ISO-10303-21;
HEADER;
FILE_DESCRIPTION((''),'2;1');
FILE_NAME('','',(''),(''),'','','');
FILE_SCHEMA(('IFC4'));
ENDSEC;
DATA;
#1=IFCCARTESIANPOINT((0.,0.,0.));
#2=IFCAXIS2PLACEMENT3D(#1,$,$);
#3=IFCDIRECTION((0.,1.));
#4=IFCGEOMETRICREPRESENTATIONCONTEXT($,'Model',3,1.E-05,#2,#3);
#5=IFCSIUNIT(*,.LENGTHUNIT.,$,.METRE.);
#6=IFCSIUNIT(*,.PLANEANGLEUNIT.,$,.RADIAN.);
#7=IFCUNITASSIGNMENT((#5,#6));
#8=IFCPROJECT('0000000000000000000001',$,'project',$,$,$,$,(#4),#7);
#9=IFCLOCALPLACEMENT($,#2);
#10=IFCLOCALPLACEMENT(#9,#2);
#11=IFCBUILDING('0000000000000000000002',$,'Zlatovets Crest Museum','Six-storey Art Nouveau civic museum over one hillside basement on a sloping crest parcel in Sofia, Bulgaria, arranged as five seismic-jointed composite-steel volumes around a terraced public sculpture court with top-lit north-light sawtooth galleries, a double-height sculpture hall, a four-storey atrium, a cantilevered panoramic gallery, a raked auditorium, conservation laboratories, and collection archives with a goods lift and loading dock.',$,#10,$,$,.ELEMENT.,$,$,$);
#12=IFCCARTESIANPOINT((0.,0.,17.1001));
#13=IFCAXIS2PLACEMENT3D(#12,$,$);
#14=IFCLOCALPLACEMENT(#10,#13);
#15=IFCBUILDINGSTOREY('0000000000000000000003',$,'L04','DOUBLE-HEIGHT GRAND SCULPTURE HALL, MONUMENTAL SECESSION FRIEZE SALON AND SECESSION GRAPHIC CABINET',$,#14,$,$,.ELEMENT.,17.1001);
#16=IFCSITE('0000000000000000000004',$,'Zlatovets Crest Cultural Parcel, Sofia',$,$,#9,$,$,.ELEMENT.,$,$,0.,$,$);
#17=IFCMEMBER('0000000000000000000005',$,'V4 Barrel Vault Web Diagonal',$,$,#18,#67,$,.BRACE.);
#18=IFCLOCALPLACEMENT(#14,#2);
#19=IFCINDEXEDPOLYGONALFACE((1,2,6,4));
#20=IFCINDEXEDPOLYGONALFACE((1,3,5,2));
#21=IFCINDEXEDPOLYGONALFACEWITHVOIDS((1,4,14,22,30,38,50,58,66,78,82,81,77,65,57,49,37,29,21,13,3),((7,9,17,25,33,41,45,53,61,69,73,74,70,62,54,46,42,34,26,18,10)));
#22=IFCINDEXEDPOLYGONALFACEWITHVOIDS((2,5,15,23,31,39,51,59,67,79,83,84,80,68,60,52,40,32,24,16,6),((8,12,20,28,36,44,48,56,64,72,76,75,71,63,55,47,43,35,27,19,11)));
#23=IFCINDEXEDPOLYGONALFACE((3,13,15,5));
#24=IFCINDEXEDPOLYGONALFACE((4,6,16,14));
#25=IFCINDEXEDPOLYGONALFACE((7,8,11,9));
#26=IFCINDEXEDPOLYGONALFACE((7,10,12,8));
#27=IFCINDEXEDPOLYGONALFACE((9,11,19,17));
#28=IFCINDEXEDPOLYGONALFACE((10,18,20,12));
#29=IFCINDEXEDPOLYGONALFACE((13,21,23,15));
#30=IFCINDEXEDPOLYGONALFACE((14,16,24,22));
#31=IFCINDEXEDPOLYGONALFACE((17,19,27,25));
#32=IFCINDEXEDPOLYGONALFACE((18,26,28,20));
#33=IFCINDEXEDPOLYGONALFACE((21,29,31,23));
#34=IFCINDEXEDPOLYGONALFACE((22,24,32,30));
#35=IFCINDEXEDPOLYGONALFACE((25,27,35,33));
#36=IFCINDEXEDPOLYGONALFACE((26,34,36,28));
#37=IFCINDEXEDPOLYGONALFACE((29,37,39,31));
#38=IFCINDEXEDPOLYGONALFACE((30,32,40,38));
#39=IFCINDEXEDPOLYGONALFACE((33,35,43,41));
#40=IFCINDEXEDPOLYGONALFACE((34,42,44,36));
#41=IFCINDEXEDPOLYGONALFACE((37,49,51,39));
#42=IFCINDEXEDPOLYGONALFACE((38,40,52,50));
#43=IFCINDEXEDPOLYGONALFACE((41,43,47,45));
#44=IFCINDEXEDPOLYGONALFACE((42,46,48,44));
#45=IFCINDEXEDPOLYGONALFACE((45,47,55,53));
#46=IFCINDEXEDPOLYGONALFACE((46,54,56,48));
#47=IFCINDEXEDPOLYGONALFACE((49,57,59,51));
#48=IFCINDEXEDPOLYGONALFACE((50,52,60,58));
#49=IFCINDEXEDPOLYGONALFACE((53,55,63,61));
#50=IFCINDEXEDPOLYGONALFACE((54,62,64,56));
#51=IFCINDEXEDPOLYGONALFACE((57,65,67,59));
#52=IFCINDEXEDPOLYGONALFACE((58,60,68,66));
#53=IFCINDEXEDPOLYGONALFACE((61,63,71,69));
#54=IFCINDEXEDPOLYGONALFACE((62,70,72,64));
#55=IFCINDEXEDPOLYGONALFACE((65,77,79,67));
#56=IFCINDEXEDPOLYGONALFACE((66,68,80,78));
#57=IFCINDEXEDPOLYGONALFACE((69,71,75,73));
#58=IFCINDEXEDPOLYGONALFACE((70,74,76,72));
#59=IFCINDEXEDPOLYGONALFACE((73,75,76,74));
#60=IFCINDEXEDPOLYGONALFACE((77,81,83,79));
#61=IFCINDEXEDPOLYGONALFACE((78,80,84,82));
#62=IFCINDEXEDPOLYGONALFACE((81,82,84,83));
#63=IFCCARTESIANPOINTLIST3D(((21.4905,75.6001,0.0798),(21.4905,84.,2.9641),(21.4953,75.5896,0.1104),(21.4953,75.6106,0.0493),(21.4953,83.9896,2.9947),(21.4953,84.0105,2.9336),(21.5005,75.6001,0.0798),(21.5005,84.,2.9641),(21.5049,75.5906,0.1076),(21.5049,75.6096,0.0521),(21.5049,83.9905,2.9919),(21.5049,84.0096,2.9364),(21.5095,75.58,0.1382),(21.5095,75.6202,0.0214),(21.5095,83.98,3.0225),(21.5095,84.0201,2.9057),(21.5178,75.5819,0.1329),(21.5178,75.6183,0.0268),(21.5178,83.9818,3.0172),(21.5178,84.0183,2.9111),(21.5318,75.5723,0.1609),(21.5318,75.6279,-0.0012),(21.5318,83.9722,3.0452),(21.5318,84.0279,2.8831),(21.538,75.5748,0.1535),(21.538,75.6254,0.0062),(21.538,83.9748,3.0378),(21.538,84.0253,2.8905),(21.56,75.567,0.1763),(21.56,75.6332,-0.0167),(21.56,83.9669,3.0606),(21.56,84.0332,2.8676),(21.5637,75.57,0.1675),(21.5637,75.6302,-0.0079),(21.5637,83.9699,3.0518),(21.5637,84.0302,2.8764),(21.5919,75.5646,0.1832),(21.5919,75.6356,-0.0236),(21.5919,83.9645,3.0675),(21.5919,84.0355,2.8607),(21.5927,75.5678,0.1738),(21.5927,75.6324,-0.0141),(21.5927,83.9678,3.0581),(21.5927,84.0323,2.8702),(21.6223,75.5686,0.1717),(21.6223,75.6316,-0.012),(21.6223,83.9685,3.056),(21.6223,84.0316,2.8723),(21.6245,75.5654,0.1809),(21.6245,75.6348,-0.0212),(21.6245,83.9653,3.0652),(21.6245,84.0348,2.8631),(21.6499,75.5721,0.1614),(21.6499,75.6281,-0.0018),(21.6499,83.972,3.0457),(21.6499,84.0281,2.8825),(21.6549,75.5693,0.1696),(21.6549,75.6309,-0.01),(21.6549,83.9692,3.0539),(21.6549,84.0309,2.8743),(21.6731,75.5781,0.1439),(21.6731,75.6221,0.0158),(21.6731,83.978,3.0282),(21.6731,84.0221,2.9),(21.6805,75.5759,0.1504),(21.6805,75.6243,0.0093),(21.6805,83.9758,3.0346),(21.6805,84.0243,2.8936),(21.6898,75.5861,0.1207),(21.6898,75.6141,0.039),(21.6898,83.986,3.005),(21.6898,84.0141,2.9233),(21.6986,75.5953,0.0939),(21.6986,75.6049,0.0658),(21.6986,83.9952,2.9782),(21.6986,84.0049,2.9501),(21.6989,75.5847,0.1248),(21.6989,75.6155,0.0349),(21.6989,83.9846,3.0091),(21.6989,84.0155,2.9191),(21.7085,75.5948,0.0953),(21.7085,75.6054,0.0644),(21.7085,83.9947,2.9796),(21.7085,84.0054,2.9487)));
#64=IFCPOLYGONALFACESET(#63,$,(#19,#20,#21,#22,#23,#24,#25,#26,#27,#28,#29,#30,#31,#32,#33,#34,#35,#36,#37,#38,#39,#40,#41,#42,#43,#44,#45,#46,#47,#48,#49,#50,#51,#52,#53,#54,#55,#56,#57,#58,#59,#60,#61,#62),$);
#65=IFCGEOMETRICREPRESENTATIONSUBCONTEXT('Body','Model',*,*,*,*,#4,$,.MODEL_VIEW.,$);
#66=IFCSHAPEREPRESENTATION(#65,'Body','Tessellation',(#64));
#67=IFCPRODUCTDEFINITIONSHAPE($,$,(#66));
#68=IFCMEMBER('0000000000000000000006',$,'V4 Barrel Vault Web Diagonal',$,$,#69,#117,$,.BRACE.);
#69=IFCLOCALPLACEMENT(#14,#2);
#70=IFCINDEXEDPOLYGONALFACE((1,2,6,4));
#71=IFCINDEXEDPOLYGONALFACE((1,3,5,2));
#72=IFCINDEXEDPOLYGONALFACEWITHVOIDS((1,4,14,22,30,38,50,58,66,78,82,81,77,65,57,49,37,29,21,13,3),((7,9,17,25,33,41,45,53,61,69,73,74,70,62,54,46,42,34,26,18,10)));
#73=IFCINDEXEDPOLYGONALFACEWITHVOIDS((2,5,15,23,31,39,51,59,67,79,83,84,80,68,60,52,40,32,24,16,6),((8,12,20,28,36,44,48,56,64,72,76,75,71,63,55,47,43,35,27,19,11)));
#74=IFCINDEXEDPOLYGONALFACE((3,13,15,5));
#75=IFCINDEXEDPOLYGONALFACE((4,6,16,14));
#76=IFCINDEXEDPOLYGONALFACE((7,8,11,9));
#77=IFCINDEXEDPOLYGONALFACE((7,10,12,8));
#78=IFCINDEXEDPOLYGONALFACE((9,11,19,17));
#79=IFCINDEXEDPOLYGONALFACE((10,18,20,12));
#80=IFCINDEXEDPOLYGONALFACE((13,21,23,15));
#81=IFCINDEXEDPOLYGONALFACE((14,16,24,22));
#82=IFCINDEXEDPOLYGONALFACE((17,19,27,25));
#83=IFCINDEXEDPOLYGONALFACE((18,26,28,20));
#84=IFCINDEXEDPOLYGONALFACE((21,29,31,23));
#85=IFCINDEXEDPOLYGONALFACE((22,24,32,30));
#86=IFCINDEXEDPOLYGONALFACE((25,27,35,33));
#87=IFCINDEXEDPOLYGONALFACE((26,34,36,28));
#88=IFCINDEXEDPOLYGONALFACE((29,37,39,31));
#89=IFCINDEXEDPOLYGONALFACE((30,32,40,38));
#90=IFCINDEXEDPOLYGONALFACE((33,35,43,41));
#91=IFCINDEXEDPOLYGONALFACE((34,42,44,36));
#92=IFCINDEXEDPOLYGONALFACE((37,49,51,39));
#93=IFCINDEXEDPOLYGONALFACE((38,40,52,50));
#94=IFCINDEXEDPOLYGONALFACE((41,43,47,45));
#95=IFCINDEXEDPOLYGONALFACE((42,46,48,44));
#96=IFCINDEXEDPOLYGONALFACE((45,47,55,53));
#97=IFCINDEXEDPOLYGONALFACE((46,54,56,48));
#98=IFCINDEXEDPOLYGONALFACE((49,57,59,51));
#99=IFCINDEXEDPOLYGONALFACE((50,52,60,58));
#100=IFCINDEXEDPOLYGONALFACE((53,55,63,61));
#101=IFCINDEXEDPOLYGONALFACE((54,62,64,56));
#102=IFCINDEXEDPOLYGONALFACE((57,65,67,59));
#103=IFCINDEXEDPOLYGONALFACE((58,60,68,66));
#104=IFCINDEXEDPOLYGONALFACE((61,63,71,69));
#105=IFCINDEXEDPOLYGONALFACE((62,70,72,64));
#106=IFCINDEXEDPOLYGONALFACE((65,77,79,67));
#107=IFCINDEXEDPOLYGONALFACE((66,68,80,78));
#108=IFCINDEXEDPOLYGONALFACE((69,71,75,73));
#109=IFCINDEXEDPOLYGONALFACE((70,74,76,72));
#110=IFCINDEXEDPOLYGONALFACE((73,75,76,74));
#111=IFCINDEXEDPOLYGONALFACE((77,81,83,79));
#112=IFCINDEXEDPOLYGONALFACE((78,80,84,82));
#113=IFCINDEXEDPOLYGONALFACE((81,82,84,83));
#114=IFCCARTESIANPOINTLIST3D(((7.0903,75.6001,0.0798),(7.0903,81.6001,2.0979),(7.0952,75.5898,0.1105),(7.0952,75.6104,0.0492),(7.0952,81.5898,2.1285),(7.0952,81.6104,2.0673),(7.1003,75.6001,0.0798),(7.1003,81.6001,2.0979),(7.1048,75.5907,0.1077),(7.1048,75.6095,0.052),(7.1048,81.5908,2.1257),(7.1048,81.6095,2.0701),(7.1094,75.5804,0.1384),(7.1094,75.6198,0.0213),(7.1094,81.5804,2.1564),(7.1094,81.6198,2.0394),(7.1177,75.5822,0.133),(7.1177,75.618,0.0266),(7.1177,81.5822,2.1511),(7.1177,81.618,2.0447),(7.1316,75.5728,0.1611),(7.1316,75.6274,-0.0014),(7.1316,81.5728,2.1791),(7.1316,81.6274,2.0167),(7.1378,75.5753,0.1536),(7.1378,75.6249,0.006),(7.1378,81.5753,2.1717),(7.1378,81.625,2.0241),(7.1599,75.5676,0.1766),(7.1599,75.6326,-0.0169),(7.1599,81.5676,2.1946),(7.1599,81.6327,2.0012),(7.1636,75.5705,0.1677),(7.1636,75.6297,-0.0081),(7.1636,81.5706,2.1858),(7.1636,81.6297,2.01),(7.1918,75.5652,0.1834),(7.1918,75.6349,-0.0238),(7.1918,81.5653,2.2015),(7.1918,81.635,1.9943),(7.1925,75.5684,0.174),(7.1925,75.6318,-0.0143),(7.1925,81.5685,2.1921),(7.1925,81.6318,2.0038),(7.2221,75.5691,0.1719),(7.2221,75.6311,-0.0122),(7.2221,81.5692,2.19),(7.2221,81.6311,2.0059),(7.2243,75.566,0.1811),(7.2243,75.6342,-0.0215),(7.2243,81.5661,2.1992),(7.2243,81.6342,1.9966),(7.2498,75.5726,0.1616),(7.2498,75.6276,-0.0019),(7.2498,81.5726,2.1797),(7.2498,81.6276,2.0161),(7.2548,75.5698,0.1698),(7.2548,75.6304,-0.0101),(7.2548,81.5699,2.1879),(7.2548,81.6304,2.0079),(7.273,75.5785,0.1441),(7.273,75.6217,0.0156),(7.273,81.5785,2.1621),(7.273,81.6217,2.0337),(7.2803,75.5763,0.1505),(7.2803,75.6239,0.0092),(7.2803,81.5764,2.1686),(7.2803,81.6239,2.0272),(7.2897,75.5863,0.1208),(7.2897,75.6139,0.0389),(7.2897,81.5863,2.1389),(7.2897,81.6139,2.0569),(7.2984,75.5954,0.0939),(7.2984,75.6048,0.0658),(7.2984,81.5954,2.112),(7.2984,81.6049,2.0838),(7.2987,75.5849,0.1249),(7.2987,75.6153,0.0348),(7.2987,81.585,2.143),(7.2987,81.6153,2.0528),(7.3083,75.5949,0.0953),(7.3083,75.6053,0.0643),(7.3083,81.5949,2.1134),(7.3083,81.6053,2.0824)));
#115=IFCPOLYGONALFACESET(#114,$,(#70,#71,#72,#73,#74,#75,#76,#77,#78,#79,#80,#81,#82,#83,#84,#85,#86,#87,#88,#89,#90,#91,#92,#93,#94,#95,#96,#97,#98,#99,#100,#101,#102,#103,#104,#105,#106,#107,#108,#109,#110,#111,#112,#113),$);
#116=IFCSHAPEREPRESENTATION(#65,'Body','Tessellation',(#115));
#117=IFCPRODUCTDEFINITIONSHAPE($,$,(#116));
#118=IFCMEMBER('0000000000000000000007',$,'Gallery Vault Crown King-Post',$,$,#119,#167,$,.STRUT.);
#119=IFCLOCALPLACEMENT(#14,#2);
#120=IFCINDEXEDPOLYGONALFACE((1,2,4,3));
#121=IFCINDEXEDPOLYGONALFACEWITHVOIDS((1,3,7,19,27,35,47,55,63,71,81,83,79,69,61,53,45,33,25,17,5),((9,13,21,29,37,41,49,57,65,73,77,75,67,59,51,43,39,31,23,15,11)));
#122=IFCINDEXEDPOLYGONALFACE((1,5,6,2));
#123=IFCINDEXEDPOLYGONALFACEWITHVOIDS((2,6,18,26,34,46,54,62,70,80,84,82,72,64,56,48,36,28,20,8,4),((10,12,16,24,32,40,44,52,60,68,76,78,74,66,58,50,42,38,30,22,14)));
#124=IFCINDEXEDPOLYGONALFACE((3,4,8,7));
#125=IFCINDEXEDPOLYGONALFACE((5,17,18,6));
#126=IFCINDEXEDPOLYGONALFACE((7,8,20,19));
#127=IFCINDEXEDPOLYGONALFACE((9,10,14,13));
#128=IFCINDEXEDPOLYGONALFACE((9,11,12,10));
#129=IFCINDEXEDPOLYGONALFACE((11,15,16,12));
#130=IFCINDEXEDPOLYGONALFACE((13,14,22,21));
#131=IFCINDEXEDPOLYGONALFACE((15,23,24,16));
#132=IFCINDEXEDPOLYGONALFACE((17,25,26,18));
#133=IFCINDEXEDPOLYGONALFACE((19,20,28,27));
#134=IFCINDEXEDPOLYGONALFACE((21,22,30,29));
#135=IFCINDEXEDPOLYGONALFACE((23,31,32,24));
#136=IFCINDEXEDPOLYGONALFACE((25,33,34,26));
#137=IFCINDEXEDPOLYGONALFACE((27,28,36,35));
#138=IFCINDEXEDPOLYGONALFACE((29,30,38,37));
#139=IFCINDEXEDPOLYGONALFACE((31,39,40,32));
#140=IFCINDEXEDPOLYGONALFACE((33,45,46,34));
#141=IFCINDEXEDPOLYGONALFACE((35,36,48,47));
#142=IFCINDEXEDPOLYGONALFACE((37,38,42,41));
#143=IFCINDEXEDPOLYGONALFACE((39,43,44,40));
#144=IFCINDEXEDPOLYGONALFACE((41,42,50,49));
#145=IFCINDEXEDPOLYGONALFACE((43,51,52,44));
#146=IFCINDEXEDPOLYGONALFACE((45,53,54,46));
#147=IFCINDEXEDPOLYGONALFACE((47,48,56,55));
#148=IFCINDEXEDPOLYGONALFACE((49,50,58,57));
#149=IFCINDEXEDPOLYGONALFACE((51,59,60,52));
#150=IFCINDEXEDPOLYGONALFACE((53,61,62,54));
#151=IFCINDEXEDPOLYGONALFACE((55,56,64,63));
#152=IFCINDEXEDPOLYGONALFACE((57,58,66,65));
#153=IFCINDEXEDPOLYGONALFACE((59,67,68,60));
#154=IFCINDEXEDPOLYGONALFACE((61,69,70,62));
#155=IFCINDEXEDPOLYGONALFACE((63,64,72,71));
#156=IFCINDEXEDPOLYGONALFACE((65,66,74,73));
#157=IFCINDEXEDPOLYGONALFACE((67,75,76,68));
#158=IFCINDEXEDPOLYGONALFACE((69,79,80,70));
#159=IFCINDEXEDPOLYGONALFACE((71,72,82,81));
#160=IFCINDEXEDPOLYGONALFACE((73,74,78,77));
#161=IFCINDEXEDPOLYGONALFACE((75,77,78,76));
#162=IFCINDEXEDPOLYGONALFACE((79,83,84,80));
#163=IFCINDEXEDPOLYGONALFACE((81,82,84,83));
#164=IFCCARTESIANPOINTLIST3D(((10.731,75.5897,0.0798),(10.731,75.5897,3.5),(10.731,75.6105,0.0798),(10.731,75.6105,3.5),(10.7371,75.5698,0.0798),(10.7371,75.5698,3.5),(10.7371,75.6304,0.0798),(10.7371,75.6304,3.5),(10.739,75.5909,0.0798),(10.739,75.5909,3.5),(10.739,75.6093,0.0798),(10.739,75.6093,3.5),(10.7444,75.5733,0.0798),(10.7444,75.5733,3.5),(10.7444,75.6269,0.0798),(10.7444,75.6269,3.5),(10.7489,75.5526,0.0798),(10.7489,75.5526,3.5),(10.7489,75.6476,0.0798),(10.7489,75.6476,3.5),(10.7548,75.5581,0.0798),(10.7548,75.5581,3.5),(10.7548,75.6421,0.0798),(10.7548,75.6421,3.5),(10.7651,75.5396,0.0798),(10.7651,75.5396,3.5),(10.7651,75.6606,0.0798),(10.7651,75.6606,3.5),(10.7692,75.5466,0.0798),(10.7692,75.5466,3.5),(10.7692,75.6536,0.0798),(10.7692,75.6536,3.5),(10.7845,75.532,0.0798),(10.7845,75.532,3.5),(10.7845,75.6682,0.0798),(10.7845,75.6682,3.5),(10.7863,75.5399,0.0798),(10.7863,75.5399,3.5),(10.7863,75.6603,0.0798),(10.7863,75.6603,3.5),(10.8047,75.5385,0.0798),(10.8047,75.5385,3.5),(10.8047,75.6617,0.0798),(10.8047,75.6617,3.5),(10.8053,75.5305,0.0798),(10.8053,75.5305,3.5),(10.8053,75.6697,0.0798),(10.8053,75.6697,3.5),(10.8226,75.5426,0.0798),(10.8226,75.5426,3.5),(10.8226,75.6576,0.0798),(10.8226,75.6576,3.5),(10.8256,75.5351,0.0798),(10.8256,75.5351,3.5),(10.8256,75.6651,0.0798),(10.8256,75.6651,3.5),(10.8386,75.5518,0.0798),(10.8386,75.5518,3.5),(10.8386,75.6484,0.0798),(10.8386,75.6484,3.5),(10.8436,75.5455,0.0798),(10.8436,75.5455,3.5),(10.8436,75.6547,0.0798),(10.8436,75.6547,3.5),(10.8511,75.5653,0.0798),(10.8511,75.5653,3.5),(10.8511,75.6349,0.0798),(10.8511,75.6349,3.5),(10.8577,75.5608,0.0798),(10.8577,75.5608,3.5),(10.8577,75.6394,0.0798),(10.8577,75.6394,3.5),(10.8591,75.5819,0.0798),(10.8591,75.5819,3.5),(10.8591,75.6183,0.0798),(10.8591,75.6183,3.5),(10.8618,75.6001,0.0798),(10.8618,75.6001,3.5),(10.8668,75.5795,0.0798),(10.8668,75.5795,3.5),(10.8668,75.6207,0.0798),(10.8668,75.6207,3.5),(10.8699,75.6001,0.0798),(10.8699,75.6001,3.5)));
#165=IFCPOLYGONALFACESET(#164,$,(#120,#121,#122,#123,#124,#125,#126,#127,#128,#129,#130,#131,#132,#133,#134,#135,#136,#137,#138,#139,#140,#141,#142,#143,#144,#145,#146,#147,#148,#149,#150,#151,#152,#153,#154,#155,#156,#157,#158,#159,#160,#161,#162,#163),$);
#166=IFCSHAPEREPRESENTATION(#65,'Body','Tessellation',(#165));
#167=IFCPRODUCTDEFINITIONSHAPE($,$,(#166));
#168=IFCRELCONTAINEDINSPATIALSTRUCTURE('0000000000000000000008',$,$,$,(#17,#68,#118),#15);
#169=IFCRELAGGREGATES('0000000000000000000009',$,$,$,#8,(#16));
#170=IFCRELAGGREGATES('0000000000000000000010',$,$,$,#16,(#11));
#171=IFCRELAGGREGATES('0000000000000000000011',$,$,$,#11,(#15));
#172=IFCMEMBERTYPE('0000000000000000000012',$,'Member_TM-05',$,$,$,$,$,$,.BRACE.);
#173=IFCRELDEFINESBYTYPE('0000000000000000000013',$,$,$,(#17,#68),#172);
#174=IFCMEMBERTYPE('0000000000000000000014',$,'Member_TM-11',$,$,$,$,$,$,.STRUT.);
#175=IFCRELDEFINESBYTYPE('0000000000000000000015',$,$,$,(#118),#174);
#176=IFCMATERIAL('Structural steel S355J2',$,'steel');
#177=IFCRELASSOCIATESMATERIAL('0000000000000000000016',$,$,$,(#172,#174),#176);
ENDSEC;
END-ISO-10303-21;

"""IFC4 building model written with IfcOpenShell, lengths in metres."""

from ifc_helpers import new_model, si_unit, direction, frame, origin, origin_2d, place, context, subcontext, project, spatial, hollow_circle, extrude, material, material_profile, profile_set, type_object, element, save


model = new_model("IFC4")

# Units and contexts
model_context = context("Model", 3, precision=1e-05, world=origin(), true_north=direction((0.0, 1.0)))
body_context = subcontext(model_context, "Body", "Model", "MODEL_VIEW")
ifc_project = project(units=[si_unit("LENGTHUNIT", "METRE"), si_unit("PLANEANGLEUNIT", "RADIAN")], contexts=[model_context])

# Site, building, storey
site_placement = place(None, origin())
site = spatial("IfcSite", under=ifc_project, at=site_placement, Name="Zlatovets Crest Cultural Parcel, Sofia", CompositionType="ELEMENT", RefElevation=0.0)
building_placement = place(site_placement, origin())
building = spatial("IfcBuilding", under=site, at=building_placement, Name="Zlatovets Crest Museum", Description="Six-storey Art Nouveau civic museum over one hillside basement on a sloping crest parcel in Sofia, Bulgaria, arranged as five seismic-jointed composite-steel volumes around a terraced public sculpture court with top-lit north-light sawtooth galleries, a double-height sculpture hall, a four-storey atrium, a cantilevered panoramic gallery, a raked auditorium, conservation laboratories, and collection archives with a goods lift and loading dock.", CompositionType="ELEMENT")
storey_placement = place(building_placement, frame((0.0, 0.0, 17.1001)))
storey = spatial("IfcBuildingStorey", under=building, at=storey_placement, Name="L04", Description="DOUBLE-HEIGHT GRAND SCULPTURE HALL, MONUMENTAL SECESSION FRIEZE SALON AND SECESSION GRAPHIC CABINET", CompositionType="ELEMENT", Elevation=17.1001)

# Shared definitions
ifc_material_1 = material(Name="Structural steel S355J2", Category="steel")

# Members
ifc_material_profile_1 = material_profile(ifc_material_1, hollow_circle(Radius=0.1096, WallThickness=0.01, at=origin_2d()), Name="CHS 219.1x10.0")
ifc_profile_set_1 = profile_set([ifc_material_profile_1], Name="Structural steel S355J2")
member_type_1 = type_object("IfcMemberType", Name="Member_TM-05", PredefinedType="BRACE", material=ifc_profile_set_1)
for number, where, z_axis, x_axis, name in (
    (1, (21.6001, 75.6001, 0.0798), (0.0, 0.945797, 0.324759), (-1.0, 0.0, 0.0), "V4 Barrel Vault Web Diagonal"),
):
    element("IfcMember", number, at=place(storey_placement, frame(where, z_axis=z_axis, x_axis=x_axis)), inside=storey, type_object=member_type_1, Name=name, PredefinedType="BRACE", context=body_context, shape_type="SweptSolid", body=[
        extrude(hollow_circle(Radius=0.1096, WallThickness=0.01, at=origin_2d()), origin(), (0.0, 0.0, 1.0), 8.8813),
    ])
member_placement = place(storey_placement, frame((7.2, 75.6001, 0.0798), z_axis=(0.0, 0.947824, 0.318795), x_axis=(-1.0, 0.0, 0.0)))
element("IfcMember", 2, at=member_placement, inside=storey, type_object=member_type_1, Name="V4 Barrel Vault Web Diagonal", PredefinedType="BRACE", context=body_context, shape_type="SweptSolid", body=[
    extrude(hollow_circle(Radius=0.1096, WallThickness=0.01, at=origin_2d()), origin(), (0.0, 0.0, 1.0), 6.3303),
])
ifc_material_profile_2 = material_profile(ifc_material_1, hollow_circle(Radius=0.0698, WallThickness=0.0081, at=origin_2d()), Name="CHS 139.7x8.0")
ifc_profile_set_2 = profile_set([ifc_material_profile_2], Name="Structural steel S355J2")
member_type_2 = type_object("IfcMemberType", Name="Member_TM-11", PredefinedType="STRUT", material=ifc_profile_set_2)
for number, where, z_axis, x_axis, name in (
    (3, (10.8, 75.6001, 0.0798), (0.0, 0.0, 1.0), (1.0, 0.0, 0.0), "Gallery Vault Crown King-Post"),
):
    element("IfcMember", number, at=place(storey_placement, frame(where, z_axis=z_axis, x_axis=x_axis)), inside=storey, type_object=member_type_2, Name=name, PredefinedType="STRUT", context=body_context, shape_type="SweptSolid", body=[
        extrude(hollow_circle(Radius=0.0698, WallThickness=0.0081, at=origin_2d()), origin(), (0.0, 0.0, 1.0), 3.4202),
    ])

save(model, "model.ifc")
